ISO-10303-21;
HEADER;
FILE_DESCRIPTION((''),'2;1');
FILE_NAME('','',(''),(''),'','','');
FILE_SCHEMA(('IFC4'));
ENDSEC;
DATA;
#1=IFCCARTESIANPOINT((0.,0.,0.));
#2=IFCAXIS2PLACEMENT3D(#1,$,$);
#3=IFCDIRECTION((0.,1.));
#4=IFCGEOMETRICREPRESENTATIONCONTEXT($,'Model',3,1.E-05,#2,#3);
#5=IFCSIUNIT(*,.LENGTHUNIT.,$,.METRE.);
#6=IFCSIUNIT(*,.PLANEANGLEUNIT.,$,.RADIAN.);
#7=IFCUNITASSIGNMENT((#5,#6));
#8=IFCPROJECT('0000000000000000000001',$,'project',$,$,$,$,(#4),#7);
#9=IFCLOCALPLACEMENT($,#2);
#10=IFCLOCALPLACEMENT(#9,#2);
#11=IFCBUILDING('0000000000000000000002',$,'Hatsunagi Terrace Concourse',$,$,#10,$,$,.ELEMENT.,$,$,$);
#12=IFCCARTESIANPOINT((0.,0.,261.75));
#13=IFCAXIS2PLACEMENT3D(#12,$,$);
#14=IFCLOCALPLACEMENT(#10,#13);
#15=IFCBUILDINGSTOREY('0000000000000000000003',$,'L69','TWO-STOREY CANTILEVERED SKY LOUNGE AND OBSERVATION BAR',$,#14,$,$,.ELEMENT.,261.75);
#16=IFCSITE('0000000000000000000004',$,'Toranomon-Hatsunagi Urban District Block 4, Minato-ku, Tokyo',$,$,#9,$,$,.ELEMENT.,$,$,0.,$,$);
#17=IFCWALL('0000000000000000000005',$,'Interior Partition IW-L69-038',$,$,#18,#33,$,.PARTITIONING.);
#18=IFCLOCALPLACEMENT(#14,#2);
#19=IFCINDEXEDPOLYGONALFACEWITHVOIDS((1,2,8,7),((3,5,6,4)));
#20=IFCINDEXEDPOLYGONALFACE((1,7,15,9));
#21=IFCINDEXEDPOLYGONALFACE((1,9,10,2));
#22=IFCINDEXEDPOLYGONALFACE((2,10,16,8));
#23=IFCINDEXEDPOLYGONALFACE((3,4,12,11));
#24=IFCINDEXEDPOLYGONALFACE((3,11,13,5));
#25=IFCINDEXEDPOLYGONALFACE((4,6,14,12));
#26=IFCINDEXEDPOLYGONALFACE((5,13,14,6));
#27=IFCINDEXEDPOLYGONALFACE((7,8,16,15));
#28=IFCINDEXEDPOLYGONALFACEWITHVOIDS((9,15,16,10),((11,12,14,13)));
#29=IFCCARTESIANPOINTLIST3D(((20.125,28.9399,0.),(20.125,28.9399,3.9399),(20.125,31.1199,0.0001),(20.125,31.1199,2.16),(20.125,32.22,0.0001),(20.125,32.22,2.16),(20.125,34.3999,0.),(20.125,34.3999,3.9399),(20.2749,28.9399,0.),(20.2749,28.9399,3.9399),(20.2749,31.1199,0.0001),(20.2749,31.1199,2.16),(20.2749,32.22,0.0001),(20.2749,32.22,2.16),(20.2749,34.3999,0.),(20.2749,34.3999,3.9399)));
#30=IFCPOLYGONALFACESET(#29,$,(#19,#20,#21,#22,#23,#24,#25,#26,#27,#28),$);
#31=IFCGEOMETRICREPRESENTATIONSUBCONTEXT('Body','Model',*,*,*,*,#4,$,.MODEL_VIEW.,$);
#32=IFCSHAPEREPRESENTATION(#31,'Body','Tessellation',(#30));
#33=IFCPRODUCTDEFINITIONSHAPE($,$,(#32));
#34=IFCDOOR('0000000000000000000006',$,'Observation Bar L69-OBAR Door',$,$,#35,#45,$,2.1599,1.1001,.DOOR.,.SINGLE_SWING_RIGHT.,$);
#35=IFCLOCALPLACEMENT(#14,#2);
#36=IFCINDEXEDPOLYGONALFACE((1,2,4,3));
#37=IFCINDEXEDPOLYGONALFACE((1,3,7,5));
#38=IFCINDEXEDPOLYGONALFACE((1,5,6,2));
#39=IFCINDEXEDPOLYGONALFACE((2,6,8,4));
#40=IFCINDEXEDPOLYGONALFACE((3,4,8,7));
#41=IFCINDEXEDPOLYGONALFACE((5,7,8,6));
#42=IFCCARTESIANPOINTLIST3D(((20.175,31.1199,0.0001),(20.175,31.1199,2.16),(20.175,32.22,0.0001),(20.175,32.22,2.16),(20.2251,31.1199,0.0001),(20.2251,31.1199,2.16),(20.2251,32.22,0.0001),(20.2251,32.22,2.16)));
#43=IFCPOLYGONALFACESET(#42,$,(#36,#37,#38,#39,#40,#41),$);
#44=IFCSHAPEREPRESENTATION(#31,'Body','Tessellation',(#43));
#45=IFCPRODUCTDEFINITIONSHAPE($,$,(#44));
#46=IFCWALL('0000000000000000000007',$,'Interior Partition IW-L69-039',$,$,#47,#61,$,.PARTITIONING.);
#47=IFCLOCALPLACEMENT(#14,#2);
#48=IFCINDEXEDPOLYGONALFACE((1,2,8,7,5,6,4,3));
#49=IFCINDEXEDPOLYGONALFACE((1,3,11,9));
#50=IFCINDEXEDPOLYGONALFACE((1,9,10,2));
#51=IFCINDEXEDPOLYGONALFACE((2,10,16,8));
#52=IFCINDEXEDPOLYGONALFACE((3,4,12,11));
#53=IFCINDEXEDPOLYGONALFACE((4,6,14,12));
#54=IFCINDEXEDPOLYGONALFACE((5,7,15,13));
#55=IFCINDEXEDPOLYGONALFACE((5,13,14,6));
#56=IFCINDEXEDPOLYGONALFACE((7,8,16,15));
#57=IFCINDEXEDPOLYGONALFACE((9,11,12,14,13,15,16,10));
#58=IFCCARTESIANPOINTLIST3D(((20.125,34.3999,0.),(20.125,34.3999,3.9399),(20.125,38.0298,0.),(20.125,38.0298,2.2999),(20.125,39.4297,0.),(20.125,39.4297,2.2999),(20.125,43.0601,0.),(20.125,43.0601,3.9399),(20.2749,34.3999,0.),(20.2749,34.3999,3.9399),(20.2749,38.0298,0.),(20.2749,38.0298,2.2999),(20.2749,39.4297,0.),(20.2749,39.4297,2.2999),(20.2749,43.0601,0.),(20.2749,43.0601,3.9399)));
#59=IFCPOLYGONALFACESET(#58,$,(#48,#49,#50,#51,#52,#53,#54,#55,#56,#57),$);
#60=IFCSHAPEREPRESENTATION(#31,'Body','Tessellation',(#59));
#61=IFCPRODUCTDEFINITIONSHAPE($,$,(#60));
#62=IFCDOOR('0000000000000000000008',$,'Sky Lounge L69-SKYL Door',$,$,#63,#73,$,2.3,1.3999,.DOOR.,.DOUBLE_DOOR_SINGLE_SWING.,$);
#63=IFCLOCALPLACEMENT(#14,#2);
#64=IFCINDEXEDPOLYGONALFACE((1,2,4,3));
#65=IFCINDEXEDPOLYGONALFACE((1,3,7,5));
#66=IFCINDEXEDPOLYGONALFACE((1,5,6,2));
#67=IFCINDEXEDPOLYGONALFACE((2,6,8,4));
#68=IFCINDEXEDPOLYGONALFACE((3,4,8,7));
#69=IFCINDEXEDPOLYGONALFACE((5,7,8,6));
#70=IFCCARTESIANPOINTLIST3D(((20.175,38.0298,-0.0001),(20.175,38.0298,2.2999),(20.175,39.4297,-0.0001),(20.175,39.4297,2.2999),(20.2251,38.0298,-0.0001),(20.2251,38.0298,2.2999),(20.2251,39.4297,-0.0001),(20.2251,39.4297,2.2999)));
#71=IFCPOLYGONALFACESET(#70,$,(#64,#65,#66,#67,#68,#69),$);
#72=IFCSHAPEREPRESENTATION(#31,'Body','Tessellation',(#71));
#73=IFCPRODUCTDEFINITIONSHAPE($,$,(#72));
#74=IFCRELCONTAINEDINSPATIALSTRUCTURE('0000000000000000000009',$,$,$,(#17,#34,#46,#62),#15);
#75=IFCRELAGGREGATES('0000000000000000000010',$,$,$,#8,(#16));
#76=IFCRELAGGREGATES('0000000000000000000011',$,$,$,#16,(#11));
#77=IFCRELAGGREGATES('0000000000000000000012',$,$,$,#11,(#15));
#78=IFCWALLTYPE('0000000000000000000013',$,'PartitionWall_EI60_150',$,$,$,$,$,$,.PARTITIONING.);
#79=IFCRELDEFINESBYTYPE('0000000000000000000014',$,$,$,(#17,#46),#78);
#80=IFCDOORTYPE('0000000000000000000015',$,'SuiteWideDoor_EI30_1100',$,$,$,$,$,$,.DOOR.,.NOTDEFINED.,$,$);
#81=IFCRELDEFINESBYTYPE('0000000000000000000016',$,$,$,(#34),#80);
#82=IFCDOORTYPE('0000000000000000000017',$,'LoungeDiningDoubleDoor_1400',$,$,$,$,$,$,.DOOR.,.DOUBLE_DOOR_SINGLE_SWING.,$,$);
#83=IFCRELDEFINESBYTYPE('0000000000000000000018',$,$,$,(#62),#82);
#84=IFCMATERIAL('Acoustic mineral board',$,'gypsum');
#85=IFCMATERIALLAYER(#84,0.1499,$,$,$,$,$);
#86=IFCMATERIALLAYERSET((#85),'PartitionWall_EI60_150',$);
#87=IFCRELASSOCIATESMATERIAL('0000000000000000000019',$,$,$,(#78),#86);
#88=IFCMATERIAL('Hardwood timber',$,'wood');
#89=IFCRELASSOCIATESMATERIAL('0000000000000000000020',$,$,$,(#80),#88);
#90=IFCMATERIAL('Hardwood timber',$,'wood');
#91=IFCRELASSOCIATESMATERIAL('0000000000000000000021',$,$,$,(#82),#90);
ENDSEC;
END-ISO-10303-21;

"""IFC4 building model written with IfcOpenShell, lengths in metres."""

from ifc_helpers import new_model, si_unit, direction, frame, frame_2d, origin, place, context, subcontext, project, spatial, rectangle, extrude, material, layer, layer_set, type_object, element, fill, save


model = new_model("IFC4")

# Units and contexts
model_context = context("Model", 3, precision=1e-05, world=origin(), true_north=direction((0.0, 1.0)))
body_context = subcontext(model_context, "Body", "Model", "MODEL_VIEW")
ifc_project = project(units=[si_unit("LENGTHUNIT", "METRE"), si_unit("PLANEANGLEUNIT", "RADIAN")], contexts=[model_context])

# Site, building, storey
site_placement = place(None, origin())
site = spatial("IfcSite", under=ifc_project, at=site_placement, Name="Toranomon-Hatsunagi Urban District Block 4, Minato-ku, Tokyo", CompositionType="ELEMENT", RefElevation=0.0)
building_placement = place(site_placement, origin())
building = spatial("IfcBuilding", under=site, at=building_placement, Name="Hatsunagi Terrace Concourse", CompositionType="ELEMENT")
storey_placement = place(building_placement, frame((0.0, 0.0, 261.75)))
storey = spatial("IfcBuildingStorey", under=building, at=storey_placement, Name="L69", Description="TWO-STOREY CANTILEVERED SKY LOUNGE AND OBSERVATION BAR", CompositionType="ELEMENT", Elevation=261.75)

# Shared definitions
ifc_material_1 = material(Name="Acoustic mineral board", Category="gypsum")
ifc_layer_1 = layer(ifc_material_1, 0.1499)
ifc_layer_set_1 = layer_set([ifc_layer_1], Name="PartitionWall_EI60_150")
wall_type_1 = type_object("IfcWallType", Name="PartitionWall_EI60_150", PredefinedType="PARTITIONING", material=ifc_layer_set_1)

# Walls, openings, doors
wall_1_placement = place(storey_placement, frame((20.2, 28.9399, 0.0), z_axis=(0.0, 0.0, 1.0), x_axis=(0.0, 1.0, 0.0)))
wall_1 = element("IfcWall", 1, at=wall_1_placement, inside=storey, type_object=wall_type_1, Name="Interior Partition IW-L69-038", PredefinedType="PARTITIONING", context=body_context, shape_type="SweptSolid", body=[
    extrude(rectangle(XDim=5.46, YDim=0.1499, at=frame_2d((2.73, 0.0))), origin(), (0.0, 0.0, 1.0), 3.9399),
])
opening_1_placement = place(wall_1_placement, frame((2.1799, 0.0, 0.0)))
opening_1 = element("IfcOpeningElement", 2, at=opening_1_placement, cuts=wall_1, PredefinedType="OPENING", context=body_context, shape_type="SweptSolid", body=[
    extrude(rectangle(XDim=1.1001, YDim=2.1599, at=frame_2d((0.55, 1.0801))), frame((0.0, 0.085, 0.0), z_axis=(0.0, -1.0, 0.0), x_axis=(1.0, 0.0, 0.0)), (0.0, 0.0, 1.0), 0.1699),
])
ifc_material_2 = material(Name="Hardwood timber", Category="wood")
door_type_1 = type_object("IfcDoorType", Name="SuiteWideDoor_EI30_1100", OperationType="NOTDEFINED", PredefinedType="DOOR", material=ifc_material_2)
door_1_placement = place(opening_1_placement, origin())
door_1 = element("IfcDoor", 3, at=door_1_placement, inside=storey, type_object=door_type_1, Name="Observation Bar L69-OBAR Door", OperationType="SINGLE_SWING_RIGHT", OverallHeight=2.1599, OverallWidth=1.1001, PredefinedType="DOOR", context=body_context, shape_type="SweptSolid", body=[
    extrude(rectangle(XDim=1.1001, YDim=2.1599, at=frame_2d((0.55, 1.0801))), frame((0.0, 0.0249, 0.0), z_axis=(0.0, -1.0, 0.0), x_axis=(1.0, 0.0, 0.0)), (0.0, 0.0, 1.0), 0.05),
])
fill(opening_1, door_1)
wall_2_placement = place(storey_placement, frame((20.2, 34.3999, 0.0), z_axis=(0.0, 0.0, 1.0), x_axis=(0.0, 1.0, 0.0)))
wall_2 = element("IfcWall", 4, at=wall_2_placement, inside=storey, type_object=wall_type_1, Name="Interior Partition IW-L69-039", PredefinedType="PARTITIONING", context=body_context, shape_type="SweptSolid", body=[
    extrude(rectangle(XDim=8.6602, YDim=0.1499, at=frame_2d((4.3301, 0.0))), origin(), (0.0, 0.0, 1.0), 3.9399),
])
opening_2_placement = place(wall_2_placement, frame((3.6299, 0.0, 0.0)))
opening_2 = element("IfcOpeningElement", 5, at=opening_2_placement, cuts=wall_2, PredefinedType="OPENING", context=body_context, shape_type="SweptSolid", body=[
    extrude(rectangle(XDim=1.3999, YDim=2.3, at=frame_2d((0.7, 1.1499))), frame((0.0, 0.085, 0.0), z_axis=(0.0, -1.0, 0.0), x_axis=(1.0, 0.0, 0.0)), (0.0, 0.0, 1.0), 0.1699),
])
ifc_material_3 = material(Name="Hardwood timber", Category="wood")
door_type_2 = type_object("IfcDoorType", Name="LoungeDiningDoubleDoor_1400", OperationType="DOUBLE_DOOR_SINGLE_SWING", PredefinedType="DOOR", material=ifc_material_3)
door_2_placement = place(opening_2_placement, origin())
door_2 = element("IfcDoor", 6, at=door_2_placement, inside=storey, type_object=door_type_2, Name="Sky Lounge L69-SKYL Door", OperationType="DOUBLE_DOOR_SINGLE_SWING", OverallHeight=2.3, OverallWidth=1.3999, PredefinedType="DOOR", context=body_context, shape_type="SweptSolid", body=[
    extrude(rectangle(XDim=1.3999, YDim=2.3, at=frame_2d((0.7, 1.1499))), frame((0.0, 0.0249, 0.0), z_axis=(0.0, -1.0, 0.0), x_axis=(1.0, 0.0, 0.0)), (0.0, 0.0, 1.0), 0.05),
])
fill(opening_2, door_2)

save(model, "model.ifc")
